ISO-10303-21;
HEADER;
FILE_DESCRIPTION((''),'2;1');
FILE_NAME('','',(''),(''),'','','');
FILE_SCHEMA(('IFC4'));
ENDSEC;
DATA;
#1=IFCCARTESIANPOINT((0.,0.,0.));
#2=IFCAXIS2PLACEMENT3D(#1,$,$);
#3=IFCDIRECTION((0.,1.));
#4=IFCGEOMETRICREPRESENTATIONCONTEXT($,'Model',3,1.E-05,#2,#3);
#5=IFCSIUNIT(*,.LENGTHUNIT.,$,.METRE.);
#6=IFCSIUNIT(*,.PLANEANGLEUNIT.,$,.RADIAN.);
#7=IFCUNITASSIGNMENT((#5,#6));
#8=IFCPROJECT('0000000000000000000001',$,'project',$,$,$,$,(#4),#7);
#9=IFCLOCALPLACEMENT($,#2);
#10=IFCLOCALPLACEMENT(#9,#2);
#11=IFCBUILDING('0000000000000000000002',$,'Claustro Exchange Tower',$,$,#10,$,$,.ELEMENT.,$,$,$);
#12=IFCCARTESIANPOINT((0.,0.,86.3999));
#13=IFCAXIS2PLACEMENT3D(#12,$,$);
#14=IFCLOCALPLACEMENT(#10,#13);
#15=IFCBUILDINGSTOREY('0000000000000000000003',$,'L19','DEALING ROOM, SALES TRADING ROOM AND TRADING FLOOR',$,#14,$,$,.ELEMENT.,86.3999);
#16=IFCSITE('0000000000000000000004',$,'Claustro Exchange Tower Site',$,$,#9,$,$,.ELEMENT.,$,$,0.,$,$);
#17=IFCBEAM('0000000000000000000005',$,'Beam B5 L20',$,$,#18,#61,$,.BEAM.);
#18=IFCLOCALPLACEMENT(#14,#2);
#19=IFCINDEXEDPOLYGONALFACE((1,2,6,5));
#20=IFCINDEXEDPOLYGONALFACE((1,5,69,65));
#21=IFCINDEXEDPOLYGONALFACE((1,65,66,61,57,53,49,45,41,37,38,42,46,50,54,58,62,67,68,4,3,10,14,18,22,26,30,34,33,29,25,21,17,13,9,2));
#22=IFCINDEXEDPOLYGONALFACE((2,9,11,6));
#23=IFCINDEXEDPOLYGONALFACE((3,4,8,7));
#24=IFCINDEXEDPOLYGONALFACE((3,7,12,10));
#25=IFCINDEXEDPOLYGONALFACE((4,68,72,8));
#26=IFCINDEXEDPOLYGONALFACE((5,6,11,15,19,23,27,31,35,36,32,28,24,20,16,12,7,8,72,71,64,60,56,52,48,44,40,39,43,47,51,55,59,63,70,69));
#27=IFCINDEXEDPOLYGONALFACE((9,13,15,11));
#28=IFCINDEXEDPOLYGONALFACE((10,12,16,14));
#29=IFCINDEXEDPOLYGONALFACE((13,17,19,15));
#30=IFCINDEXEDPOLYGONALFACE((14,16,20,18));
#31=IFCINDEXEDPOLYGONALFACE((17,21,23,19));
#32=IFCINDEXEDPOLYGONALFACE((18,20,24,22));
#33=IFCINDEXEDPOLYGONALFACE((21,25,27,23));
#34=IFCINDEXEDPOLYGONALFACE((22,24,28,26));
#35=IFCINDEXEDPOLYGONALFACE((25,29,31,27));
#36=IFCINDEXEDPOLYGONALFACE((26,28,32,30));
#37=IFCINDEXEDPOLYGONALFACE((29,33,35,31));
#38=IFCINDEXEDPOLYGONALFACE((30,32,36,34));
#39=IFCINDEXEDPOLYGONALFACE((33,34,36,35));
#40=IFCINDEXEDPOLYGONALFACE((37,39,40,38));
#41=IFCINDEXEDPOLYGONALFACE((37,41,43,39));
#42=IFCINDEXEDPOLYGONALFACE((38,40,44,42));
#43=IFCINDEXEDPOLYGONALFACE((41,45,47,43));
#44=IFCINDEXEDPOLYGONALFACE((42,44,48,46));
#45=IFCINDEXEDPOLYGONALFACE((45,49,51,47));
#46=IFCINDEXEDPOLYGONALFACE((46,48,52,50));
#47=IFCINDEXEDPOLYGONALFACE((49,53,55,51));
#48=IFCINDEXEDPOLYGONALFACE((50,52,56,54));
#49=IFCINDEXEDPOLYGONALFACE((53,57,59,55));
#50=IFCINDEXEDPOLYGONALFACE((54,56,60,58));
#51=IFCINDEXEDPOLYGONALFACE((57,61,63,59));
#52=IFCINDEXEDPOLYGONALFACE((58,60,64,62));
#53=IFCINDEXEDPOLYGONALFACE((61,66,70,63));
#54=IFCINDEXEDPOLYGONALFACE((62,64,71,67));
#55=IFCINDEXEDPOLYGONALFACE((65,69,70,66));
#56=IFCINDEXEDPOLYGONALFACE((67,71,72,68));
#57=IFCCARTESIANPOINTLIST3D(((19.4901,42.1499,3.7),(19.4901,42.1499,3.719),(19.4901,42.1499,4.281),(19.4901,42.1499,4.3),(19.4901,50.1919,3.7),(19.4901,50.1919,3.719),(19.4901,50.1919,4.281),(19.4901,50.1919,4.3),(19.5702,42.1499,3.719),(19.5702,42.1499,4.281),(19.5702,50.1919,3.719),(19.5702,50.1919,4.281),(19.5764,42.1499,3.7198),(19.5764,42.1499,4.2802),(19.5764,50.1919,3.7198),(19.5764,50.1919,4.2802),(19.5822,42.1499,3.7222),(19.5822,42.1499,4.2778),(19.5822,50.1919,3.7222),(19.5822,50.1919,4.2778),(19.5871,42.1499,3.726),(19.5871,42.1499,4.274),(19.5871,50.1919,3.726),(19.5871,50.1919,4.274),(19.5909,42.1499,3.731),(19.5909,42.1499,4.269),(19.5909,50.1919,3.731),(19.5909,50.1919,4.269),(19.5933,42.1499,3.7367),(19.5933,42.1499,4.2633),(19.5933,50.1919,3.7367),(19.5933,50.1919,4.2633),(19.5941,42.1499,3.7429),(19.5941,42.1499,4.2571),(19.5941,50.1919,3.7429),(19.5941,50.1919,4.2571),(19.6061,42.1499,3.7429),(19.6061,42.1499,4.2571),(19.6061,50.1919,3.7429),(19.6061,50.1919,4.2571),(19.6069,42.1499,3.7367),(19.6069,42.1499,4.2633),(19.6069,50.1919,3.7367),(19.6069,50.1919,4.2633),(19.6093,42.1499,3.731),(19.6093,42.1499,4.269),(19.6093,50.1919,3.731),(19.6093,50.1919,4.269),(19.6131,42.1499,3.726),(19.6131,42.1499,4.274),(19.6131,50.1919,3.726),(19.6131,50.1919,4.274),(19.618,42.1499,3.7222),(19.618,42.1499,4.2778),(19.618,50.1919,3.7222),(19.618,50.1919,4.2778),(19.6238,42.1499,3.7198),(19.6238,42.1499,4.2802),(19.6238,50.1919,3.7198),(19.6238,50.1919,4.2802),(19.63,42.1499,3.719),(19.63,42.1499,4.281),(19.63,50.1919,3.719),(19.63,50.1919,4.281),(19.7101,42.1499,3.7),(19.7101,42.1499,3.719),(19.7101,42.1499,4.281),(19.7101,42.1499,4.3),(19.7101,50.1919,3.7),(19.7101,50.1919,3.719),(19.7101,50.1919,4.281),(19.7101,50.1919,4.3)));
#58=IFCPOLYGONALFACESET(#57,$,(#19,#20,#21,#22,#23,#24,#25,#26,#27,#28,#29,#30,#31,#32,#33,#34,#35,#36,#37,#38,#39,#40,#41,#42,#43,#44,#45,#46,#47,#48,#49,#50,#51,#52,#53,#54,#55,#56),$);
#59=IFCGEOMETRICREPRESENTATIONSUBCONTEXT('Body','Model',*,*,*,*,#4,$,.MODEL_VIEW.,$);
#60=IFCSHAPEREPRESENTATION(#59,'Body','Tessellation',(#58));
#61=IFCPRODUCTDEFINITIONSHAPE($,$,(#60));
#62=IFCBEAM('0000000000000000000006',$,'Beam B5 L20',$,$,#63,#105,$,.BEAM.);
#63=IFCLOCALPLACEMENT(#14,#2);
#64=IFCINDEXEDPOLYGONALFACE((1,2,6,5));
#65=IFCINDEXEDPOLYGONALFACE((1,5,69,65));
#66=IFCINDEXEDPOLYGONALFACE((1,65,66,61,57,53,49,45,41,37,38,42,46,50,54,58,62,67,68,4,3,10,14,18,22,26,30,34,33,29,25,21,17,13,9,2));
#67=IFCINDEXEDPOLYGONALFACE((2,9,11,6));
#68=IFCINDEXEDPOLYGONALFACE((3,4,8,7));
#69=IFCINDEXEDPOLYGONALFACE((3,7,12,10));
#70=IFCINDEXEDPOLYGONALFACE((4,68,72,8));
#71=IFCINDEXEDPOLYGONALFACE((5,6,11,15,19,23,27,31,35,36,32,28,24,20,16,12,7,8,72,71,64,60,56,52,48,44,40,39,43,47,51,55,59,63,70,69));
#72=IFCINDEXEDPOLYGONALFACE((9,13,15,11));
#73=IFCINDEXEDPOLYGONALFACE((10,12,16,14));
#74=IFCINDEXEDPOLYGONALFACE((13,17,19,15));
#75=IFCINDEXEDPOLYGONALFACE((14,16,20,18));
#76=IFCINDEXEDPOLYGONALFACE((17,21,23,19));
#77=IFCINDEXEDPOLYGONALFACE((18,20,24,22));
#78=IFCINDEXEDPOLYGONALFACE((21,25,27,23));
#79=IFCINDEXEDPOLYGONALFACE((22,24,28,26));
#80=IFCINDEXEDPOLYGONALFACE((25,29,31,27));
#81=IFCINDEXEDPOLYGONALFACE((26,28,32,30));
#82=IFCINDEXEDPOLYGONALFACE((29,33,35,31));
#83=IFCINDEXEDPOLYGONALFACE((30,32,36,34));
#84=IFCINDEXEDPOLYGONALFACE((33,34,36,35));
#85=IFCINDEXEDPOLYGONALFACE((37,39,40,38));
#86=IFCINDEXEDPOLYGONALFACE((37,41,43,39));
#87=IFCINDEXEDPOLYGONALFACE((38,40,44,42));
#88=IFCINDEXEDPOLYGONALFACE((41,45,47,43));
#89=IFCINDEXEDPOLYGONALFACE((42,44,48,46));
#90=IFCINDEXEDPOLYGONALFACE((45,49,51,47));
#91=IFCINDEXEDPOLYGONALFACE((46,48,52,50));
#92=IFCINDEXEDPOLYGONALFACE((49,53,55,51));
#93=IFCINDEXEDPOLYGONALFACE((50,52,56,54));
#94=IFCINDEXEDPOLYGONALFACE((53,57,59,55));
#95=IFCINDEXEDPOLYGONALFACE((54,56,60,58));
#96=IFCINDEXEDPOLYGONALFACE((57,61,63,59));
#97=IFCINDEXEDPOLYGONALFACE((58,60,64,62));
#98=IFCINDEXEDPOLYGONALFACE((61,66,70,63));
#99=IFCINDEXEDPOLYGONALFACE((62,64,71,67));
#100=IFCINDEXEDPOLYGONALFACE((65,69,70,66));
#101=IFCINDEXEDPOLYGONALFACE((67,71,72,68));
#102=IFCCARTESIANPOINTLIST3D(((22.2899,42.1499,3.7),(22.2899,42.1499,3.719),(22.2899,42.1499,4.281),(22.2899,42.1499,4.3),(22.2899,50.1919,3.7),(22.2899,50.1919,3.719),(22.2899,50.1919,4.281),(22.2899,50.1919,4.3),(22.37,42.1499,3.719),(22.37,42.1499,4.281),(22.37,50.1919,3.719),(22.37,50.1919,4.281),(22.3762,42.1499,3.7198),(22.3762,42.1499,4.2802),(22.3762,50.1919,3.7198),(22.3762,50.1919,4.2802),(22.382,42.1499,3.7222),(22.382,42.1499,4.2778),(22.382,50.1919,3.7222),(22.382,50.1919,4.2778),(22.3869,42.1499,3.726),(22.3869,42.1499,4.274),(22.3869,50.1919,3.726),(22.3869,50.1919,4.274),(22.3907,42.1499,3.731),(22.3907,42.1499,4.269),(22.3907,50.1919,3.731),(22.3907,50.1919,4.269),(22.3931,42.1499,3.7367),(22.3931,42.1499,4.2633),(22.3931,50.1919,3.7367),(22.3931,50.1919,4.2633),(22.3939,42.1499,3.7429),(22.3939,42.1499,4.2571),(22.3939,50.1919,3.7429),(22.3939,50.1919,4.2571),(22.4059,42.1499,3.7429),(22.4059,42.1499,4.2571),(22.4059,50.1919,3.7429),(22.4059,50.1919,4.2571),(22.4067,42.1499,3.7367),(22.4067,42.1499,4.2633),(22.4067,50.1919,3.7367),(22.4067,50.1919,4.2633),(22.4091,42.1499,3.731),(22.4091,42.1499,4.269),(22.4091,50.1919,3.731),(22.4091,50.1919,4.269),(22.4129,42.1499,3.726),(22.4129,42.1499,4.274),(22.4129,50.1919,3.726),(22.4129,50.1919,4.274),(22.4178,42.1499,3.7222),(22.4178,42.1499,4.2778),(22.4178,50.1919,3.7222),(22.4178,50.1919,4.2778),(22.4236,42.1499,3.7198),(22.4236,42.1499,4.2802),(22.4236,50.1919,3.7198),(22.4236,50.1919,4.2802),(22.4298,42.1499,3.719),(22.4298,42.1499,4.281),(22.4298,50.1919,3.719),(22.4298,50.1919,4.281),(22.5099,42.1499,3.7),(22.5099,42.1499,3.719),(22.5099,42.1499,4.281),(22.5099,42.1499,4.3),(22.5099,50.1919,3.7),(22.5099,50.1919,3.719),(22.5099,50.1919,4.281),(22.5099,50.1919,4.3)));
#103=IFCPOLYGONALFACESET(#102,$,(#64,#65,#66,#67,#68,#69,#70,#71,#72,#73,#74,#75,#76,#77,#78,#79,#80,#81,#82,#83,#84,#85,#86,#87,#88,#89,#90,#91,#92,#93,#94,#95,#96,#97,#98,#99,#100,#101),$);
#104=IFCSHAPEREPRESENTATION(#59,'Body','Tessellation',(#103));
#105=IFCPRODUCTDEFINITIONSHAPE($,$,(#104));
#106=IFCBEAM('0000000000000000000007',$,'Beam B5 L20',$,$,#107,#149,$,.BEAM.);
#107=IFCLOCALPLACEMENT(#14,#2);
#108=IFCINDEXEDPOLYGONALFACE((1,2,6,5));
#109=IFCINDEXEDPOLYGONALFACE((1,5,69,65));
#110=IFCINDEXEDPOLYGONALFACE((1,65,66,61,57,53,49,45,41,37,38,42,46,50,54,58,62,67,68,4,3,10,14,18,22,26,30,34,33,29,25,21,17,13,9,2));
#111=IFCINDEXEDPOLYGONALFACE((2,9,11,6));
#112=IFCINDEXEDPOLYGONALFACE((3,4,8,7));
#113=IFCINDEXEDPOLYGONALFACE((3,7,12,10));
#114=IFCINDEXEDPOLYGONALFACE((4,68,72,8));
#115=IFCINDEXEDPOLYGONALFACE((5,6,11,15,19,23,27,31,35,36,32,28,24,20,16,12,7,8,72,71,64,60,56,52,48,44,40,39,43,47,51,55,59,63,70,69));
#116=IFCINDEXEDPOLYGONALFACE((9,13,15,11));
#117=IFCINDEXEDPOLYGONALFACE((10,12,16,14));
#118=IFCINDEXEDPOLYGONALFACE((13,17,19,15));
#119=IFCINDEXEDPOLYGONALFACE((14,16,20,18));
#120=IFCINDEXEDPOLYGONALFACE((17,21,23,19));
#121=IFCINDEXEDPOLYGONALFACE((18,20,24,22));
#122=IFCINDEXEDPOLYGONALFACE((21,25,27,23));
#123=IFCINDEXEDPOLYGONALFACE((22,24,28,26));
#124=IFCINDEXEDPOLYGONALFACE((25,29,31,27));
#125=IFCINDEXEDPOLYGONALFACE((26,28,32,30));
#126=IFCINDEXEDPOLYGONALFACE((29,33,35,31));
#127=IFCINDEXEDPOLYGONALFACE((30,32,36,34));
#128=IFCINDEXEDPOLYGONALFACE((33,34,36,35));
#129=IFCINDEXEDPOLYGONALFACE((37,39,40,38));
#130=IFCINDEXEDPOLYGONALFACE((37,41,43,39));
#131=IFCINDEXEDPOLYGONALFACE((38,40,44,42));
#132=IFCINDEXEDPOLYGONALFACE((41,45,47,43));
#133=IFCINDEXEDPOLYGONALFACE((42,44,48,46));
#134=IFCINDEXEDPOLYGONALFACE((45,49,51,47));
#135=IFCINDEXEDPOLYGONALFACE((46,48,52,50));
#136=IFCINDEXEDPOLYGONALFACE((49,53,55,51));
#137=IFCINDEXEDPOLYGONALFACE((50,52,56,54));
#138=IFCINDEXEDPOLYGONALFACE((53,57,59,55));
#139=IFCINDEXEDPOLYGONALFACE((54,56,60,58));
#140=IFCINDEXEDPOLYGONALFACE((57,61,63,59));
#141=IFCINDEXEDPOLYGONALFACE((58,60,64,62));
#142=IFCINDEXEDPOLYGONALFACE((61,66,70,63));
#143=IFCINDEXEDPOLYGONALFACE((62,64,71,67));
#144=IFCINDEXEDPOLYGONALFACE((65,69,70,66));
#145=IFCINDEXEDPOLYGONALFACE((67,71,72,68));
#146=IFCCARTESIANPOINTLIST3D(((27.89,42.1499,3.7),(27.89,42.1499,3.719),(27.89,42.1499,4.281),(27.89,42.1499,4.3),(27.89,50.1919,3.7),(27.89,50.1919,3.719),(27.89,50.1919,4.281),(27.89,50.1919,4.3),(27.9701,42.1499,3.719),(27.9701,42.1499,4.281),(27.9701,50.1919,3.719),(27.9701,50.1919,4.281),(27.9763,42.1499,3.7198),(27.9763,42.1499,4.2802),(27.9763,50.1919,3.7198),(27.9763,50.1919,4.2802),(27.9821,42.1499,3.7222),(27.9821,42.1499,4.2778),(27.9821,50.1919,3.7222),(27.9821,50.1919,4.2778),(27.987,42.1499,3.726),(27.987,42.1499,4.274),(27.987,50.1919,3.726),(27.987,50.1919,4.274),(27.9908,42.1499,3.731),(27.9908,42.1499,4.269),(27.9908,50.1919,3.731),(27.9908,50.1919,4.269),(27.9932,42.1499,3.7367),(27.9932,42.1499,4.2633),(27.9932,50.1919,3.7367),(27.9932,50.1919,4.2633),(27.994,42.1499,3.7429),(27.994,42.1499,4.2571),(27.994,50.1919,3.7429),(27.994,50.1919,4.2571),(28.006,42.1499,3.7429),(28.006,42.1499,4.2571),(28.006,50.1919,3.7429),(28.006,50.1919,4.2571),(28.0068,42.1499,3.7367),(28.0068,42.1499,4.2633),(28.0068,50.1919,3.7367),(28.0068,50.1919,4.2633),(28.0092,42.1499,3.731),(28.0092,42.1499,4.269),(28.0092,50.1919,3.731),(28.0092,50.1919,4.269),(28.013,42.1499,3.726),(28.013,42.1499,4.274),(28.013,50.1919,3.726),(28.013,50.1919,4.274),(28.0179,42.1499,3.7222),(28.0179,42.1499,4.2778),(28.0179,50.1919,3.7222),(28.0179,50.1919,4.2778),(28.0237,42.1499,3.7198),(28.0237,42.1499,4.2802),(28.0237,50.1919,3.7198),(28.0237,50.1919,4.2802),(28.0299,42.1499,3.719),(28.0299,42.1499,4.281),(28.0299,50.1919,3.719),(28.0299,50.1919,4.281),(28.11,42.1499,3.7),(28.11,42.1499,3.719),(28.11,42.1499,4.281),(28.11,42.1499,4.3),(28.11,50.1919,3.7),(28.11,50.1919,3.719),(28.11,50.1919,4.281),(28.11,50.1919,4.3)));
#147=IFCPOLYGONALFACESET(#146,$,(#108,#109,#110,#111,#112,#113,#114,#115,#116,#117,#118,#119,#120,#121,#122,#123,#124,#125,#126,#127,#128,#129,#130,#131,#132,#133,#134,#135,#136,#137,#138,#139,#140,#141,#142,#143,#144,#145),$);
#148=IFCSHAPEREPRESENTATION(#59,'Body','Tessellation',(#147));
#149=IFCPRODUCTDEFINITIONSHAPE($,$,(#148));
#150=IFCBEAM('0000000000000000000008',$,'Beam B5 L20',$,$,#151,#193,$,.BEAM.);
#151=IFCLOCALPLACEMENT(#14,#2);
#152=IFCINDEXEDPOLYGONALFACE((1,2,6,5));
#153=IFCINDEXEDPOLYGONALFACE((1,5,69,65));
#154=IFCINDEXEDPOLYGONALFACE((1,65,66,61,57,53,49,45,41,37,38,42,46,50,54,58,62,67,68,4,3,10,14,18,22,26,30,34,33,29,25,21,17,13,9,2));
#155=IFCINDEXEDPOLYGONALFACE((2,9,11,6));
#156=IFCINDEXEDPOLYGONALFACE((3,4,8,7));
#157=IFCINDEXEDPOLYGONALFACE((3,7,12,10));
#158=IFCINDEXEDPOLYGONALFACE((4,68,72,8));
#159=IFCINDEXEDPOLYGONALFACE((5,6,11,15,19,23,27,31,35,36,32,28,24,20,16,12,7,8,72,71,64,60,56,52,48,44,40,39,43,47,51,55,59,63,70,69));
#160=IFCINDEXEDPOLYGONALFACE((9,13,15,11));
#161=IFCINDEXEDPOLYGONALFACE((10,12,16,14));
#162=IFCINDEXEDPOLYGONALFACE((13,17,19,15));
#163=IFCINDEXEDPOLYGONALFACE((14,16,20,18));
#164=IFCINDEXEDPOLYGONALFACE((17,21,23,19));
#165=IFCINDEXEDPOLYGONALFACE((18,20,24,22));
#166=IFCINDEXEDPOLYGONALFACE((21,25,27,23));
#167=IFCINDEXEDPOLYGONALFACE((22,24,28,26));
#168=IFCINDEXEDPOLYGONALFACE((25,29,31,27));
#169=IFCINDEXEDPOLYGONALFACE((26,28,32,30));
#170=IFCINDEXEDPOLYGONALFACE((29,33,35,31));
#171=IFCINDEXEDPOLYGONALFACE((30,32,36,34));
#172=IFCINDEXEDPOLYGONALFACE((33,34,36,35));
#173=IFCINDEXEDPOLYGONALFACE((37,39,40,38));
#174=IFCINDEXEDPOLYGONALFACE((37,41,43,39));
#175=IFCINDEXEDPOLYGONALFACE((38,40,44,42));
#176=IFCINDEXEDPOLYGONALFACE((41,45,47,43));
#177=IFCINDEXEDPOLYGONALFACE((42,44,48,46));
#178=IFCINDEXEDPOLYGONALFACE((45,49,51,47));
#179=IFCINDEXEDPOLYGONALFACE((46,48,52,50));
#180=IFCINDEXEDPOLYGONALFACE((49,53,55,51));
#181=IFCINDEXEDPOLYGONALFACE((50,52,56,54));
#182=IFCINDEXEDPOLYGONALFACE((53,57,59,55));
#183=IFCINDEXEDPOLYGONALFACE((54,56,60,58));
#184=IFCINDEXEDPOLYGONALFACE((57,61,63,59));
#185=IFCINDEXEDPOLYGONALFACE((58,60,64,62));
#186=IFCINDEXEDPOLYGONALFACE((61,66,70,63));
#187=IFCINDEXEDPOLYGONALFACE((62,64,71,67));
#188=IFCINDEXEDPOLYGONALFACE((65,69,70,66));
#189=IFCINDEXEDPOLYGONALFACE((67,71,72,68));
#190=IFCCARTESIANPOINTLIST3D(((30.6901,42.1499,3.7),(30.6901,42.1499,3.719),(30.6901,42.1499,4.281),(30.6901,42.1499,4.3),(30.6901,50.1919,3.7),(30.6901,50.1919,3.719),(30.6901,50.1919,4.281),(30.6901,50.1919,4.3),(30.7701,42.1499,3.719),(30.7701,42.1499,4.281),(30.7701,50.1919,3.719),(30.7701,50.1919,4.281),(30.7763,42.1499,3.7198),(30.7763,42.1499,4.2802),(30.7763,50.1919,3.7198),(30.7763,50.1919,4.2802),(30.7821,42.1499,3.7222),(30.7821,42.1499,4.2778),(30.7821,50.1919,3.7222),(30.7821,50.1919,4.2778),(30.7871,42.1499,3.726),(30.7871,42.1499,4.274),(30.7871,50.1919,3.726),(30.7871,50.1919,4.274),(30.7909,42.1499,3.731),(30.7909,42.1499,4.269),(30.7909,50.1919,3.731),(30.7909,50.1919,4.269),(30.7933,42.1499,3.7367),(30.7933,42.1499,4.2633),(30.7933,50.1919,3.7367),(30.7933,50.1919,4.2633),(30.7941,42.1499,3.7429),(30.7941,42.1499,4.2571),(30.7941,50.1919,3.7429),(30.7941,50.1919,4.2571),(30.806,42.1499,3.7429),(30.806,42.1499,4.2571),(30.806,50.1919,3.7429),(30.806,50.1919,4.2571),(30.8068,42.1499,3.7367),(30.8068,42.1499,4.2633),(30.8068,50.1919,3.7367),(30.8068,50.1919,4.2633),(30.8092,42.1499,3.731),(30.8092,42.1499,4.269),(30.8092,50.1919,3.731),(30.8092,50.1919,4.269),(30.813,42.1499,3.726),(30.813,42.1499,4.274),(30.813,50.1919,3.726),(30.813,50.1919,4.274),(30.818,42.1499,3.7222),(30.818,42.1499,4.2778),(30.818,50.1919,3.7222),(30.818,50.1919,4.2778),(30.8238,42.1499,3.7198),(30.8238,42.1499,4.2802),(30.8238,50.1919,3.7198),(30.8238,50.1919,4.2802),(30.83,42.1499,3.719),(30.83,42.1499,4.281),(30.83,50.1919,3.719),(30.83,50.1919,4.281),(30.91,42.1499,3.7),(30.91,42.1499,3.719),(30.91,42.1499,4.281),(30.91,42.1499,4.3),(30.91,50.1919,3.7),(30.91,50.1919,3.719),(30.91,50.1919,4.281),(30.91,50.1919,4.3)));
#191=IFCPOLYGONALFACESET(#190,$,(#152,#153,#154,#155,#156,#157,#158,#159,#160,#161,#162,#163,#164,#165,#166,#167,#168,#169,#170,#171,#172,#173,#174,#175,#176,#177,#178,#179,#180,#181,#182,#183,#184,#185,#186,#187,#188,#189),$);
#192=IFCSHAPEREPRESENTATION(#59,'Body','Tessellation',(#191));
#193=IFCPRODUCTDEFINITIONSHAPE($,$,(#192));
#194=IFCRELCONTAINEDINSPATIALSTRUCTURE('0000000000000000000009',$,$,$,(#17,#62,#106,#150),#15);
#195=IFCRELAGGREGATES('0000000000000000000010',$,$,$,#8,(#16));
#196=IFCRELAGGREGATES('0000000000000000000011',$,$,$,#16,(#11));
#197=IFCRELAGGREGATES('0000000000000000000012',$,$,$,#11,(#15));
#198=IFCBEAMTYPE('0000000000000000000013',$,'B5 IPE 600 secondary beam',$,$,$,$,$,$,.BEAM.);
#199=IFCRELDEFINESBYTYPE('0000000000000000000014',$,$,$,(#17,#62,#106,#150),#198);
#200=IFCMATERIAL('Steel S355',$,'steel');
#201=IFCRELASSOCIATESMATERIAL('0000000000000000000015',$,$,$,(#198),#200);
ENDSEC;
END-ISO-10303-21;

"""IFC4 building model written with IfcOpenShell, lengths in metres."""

from ifc_helpers import new_model, si_unit, direction, frame, origin, origin_2d, place, context, subcontext, project, spatial, i_section, extrude, material, material_profile, profile_set, type_object, element, save


model = new_model("IFC4")

# Units and contexts
model_context = context("Model", 3, precision=1e-05, world=origin(), true_north=direction((0.0, 1.0)))
body_context = subcontext(model_context, "Body", "Model", "MODEL_VIEW")
ifc_project = project(units=[si_unit("LENGTHUNIT", "METRE"), si_unit("PLANEANGLEUNIT", "RADIAN")], contexts=[model_context])

# Site, building, storey
site_placement = place(None, origin())
site = spatial("IfcSite", under=ifc_project, at=site_placement, Name="Claustro Exchange Tower Site", CompositionType="ELEMENT", RefElevation=0.0)
building_placement = place(site_placement, origin())
building = spatial("IfcBuilding", under=site, at=building_placement, Name="Claustro Exchange Tower", CompositionType="ELEMENT")
storey_placement = place(building_placement, frame((0.0, 0.0, 86.3999)))
storey = spatial("IfcBuildingStorey", under=building, at=storey_placement, Name="L19", Description="DEALING ROOM, SALES TRADING ROOM AND TRADING FLOOR", CompositionType="ELEMENT", Elevation=86.3999)

# Beams
ifc_material_1 = material(Name="Steel S355", Category="steel")
ifc_material_profile_1 = material_profile(ifc_material_1, i_section(OverallWidth=0.22, OverallDepth=0.6001, WebThickness=0.012, FlangeThickness=0.019, FilletRadius=0.0239, at=origin_2d()), Name="IPE 600")
ifc_profile_set_1 = profile_set([ifc_material_profile_1], Name="Steel S355")
beam_type_1 = type_object("IfcBeamType", Name="B5 IPE 600 secondary beam", PredefinedType="BEAM", material=ifc_profile_set_1)
for number, where, z_axis, x_axis, name in (
    (1, (19.6001, 42.1499, 4.0), (0.0, 1.0, 0.0), (-1.0, 0.0, 0.0), "Beam B5 L20"),
    (2, (22.3999, 42.1499, 4.0), (0.0, 1.0, 0.0), (-1.0, 0.0, 0.0), "Beam B5 L20"),
    (3, (28.0, 42.1499, 4.0), (0.0, 1.0, 0.0), (-1.0, 0.0, 0.0), "Beam B5 L20"),
    (4, (30.8, 42.1499, 4.0), (0.0, 1.0, 0.0), (-1.0, 0.0, 0.0), "Beam B5 L20"),
):
    element("IfcBeam", number, at=place(storey_placement, frame(where, z_axis=z_axis, x_axis=x_axis)), inside=storey, type_object=beam_type_1, Name=name, PredefinedType="BEAM", context=body_context, shape_type="SweptSolid", body=[
        extrude(i_section(OverallWidth=0.22, OverallDepth=0.6001, WebThickness=0.012, FlangeThickness=0.019, FilletRadius=0.0239, at=origin_2d()), origin(), (0.0, 0.0, 1.0), 8.042),
    ])

save(model, "model.ifc")
